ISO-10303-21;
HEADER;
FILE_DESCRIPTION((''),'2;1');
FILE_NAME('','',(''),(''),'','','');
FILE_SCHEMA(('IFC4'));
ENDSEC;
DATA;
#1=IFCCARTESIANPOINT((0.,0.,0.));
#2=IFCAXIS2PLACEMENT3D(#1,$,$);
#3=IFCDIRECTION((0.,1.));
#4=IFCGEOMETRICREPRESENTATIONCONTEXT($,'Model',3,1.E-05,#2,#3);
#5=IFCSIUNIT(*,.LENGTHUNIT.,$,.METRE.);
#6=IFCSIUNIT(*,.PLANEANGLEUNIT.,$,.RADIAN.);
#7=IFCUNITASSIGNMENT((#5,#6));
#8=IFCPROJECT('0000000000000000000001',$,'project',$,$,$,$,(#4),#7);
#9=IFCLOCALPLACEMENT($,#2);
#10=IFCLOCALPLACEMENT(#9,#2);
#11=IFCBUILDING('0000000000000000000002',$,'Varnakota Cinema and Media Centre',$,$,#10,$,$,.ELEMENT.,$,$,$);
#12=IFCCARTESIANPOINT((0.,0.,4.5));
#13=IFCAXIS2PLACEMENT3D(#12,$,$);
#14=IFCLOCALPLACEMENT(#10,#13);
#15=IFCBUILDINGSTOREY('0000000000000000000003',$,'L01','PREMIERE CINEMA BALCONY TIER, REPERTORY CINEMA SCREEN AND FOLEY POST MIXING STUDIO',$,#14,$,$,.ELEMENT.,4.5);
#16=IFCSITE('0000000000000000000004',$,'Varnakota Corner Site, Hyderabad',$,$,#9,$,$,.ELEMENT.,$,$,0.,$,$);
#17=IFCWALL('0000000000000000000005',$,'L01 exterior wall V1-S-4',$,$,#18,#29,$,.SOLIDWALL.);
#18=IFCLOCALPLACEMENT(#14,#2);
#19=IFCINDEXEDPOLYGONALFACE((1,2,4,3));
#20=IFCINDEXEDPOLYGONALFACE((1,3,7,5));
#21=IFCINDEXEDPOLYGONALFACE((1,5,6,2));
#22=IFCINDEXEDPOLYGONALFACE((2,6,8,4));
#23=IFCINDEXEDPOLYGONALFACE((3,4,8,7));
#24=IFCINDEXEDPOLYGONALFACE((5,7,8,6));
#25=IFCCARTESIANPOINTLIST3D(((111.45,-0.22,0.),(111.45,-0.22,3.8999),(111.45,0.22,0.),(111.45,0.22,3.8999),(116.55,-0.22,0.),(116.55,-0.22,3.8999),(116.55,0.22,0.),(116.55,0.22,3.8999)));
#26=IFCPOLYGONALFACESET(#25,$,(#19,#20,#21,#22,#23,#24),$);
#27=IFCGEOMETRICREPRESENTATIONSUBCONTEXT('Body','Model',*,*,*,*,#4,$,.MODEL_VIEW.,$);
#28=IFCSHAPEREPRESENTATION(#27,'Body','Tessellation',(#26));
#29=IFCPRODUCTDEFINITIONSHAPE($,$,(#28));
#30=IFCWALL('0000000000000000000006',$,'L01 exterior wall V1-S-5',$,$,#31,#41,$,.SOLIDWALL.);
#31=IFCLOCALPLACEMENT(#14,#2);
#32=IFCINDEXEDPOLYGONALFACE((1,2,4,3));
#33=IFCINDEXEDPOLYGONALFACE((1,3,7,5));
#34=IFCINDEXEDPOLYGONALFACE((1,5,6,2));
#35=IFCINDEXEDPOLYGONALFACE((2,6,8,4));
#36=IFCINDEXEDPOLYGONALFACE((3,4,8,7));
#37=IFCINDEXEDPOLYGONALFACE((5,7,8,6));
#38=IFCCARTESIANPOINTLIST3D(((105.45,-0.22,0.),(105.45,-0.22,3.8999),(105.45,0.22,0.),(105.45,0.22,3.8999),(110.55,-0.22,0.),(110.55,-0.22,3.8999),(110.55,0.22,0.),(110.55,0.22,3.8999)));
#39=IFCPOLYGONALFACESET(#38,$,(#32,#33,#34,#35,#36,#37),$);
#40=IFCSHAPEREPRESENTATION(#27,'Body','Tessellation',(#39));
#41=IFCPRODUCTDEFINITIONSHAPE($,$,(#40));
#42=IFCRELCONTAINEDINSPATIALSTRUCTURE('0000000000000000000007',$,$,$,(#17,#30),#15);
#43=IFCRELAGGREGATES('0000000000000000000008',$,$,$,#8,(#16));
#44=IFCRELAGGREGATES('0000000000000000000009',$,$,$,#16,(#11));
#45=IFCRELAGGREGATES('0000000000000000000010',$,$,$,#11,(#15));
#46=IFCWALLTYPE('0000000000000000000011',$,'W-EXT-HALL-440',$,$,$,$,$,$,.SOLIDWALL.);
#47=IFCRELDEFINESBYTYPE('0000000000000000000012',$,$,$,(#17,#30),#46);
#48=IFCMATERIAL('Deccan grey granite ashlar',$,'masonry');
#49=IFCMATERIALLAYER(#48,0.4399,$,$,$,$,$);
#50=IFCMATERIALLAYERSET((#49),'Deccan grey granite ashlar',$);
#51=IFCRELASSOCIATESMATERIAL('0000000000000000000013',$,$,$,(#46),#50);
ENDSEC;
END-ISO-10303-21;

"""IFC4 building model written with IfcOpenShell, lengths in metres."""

from ifc_helpers import new_model, si_unit, direction, frame, frame_2d, origin, place, context, subcontext, project, spatial, rectangle, extrude, material, layer, layer_set, type_object, element, save


model = new_model("IFC4")

# Units and contexts
model_context = context("Model", 3, precision=1e-05, world=origin(), true_north=direction((0.0, 1.0)))
body_context = subcontext(model_context, "Body", "Model", "MODEL_VIEW")
ifc_project = project(units=[si_unit("LENGTHUNIT", "METRE"), si_unit("PLANEANGLEUNIT", "RADIAN")], contexts=[model_context])

# Site, building, storey
site_placement = place(None, origin())
site = spatial("IfcSite", under=ifc_project, at=site_placement, Name="Varnakota Corner Site, Hyderabad", CompositionType="ELEMENT", RefElevation=0.0)
building_placement = place(site_placement, origin())
building = spatial("IfcBuilding", under=site, at=building_placement, Name="Varnakota Cinema and Media Centre", CompositionType="ELEMENT")
storey_placement = place(building_placement, frame((0.0, 0.0, 4.5)))
storey = spatial("IfcBuildingStorey", under=building, at=storey_placement, Name="L01", Description="PREMIERE CINEMA BALCONY TIER, REPERTORY CINEMA SCREEN AND FOLEY POST MIXING STUDIO", CompositionType="ELEMENT", Elevation=4.5)

# Walls
ifc_material_1 = material(Name="Deccan grey granite ashlar", Category="masonry")
ifc_layer_1 = layer(ifc_material_1, 0.4399)
ifc_layer_set_1 = layer_set([ifc_layer_1], Name="Deccan grey granite ashlar")
wall_type = type_object("IfcWallType", Name="W-EXT-HALL-440", PredefinedType="SOLIDWALL", material=ifc_layer_set_1)
for number, where, z_axis, x_axis, name in (
    (1, (116.55, 0.0, 0.0), (0.0, 0.0, 1.0), (-1.0, 0.0, 0.0), "L01 exterior wall V1-S-4"),
    (2, (110.55, 0.0, 0.0), (0.0, 0.0, 1.0), (-1.0, 0.0, 0.0), "L01 exterior wall V1-S-5"),
):
    element("IfcWall", number, at=place(storey_placement, frame(where, z_axis=z_axis, x_axis=x_axis)), inside=storey, type_object=wall_type, Name=name, PredefinedType="SOLIDWALL", context=body_context, shape_type="SweptSolid", body=[
        extrude(rectangle(XDim=5.1001, YDim=0.4399, at=frame_2d((2.55, 0.0))), origin(), (0.0, 0.0, 1.0), 3.8999),
    ])

save(model, "model.ifc")
